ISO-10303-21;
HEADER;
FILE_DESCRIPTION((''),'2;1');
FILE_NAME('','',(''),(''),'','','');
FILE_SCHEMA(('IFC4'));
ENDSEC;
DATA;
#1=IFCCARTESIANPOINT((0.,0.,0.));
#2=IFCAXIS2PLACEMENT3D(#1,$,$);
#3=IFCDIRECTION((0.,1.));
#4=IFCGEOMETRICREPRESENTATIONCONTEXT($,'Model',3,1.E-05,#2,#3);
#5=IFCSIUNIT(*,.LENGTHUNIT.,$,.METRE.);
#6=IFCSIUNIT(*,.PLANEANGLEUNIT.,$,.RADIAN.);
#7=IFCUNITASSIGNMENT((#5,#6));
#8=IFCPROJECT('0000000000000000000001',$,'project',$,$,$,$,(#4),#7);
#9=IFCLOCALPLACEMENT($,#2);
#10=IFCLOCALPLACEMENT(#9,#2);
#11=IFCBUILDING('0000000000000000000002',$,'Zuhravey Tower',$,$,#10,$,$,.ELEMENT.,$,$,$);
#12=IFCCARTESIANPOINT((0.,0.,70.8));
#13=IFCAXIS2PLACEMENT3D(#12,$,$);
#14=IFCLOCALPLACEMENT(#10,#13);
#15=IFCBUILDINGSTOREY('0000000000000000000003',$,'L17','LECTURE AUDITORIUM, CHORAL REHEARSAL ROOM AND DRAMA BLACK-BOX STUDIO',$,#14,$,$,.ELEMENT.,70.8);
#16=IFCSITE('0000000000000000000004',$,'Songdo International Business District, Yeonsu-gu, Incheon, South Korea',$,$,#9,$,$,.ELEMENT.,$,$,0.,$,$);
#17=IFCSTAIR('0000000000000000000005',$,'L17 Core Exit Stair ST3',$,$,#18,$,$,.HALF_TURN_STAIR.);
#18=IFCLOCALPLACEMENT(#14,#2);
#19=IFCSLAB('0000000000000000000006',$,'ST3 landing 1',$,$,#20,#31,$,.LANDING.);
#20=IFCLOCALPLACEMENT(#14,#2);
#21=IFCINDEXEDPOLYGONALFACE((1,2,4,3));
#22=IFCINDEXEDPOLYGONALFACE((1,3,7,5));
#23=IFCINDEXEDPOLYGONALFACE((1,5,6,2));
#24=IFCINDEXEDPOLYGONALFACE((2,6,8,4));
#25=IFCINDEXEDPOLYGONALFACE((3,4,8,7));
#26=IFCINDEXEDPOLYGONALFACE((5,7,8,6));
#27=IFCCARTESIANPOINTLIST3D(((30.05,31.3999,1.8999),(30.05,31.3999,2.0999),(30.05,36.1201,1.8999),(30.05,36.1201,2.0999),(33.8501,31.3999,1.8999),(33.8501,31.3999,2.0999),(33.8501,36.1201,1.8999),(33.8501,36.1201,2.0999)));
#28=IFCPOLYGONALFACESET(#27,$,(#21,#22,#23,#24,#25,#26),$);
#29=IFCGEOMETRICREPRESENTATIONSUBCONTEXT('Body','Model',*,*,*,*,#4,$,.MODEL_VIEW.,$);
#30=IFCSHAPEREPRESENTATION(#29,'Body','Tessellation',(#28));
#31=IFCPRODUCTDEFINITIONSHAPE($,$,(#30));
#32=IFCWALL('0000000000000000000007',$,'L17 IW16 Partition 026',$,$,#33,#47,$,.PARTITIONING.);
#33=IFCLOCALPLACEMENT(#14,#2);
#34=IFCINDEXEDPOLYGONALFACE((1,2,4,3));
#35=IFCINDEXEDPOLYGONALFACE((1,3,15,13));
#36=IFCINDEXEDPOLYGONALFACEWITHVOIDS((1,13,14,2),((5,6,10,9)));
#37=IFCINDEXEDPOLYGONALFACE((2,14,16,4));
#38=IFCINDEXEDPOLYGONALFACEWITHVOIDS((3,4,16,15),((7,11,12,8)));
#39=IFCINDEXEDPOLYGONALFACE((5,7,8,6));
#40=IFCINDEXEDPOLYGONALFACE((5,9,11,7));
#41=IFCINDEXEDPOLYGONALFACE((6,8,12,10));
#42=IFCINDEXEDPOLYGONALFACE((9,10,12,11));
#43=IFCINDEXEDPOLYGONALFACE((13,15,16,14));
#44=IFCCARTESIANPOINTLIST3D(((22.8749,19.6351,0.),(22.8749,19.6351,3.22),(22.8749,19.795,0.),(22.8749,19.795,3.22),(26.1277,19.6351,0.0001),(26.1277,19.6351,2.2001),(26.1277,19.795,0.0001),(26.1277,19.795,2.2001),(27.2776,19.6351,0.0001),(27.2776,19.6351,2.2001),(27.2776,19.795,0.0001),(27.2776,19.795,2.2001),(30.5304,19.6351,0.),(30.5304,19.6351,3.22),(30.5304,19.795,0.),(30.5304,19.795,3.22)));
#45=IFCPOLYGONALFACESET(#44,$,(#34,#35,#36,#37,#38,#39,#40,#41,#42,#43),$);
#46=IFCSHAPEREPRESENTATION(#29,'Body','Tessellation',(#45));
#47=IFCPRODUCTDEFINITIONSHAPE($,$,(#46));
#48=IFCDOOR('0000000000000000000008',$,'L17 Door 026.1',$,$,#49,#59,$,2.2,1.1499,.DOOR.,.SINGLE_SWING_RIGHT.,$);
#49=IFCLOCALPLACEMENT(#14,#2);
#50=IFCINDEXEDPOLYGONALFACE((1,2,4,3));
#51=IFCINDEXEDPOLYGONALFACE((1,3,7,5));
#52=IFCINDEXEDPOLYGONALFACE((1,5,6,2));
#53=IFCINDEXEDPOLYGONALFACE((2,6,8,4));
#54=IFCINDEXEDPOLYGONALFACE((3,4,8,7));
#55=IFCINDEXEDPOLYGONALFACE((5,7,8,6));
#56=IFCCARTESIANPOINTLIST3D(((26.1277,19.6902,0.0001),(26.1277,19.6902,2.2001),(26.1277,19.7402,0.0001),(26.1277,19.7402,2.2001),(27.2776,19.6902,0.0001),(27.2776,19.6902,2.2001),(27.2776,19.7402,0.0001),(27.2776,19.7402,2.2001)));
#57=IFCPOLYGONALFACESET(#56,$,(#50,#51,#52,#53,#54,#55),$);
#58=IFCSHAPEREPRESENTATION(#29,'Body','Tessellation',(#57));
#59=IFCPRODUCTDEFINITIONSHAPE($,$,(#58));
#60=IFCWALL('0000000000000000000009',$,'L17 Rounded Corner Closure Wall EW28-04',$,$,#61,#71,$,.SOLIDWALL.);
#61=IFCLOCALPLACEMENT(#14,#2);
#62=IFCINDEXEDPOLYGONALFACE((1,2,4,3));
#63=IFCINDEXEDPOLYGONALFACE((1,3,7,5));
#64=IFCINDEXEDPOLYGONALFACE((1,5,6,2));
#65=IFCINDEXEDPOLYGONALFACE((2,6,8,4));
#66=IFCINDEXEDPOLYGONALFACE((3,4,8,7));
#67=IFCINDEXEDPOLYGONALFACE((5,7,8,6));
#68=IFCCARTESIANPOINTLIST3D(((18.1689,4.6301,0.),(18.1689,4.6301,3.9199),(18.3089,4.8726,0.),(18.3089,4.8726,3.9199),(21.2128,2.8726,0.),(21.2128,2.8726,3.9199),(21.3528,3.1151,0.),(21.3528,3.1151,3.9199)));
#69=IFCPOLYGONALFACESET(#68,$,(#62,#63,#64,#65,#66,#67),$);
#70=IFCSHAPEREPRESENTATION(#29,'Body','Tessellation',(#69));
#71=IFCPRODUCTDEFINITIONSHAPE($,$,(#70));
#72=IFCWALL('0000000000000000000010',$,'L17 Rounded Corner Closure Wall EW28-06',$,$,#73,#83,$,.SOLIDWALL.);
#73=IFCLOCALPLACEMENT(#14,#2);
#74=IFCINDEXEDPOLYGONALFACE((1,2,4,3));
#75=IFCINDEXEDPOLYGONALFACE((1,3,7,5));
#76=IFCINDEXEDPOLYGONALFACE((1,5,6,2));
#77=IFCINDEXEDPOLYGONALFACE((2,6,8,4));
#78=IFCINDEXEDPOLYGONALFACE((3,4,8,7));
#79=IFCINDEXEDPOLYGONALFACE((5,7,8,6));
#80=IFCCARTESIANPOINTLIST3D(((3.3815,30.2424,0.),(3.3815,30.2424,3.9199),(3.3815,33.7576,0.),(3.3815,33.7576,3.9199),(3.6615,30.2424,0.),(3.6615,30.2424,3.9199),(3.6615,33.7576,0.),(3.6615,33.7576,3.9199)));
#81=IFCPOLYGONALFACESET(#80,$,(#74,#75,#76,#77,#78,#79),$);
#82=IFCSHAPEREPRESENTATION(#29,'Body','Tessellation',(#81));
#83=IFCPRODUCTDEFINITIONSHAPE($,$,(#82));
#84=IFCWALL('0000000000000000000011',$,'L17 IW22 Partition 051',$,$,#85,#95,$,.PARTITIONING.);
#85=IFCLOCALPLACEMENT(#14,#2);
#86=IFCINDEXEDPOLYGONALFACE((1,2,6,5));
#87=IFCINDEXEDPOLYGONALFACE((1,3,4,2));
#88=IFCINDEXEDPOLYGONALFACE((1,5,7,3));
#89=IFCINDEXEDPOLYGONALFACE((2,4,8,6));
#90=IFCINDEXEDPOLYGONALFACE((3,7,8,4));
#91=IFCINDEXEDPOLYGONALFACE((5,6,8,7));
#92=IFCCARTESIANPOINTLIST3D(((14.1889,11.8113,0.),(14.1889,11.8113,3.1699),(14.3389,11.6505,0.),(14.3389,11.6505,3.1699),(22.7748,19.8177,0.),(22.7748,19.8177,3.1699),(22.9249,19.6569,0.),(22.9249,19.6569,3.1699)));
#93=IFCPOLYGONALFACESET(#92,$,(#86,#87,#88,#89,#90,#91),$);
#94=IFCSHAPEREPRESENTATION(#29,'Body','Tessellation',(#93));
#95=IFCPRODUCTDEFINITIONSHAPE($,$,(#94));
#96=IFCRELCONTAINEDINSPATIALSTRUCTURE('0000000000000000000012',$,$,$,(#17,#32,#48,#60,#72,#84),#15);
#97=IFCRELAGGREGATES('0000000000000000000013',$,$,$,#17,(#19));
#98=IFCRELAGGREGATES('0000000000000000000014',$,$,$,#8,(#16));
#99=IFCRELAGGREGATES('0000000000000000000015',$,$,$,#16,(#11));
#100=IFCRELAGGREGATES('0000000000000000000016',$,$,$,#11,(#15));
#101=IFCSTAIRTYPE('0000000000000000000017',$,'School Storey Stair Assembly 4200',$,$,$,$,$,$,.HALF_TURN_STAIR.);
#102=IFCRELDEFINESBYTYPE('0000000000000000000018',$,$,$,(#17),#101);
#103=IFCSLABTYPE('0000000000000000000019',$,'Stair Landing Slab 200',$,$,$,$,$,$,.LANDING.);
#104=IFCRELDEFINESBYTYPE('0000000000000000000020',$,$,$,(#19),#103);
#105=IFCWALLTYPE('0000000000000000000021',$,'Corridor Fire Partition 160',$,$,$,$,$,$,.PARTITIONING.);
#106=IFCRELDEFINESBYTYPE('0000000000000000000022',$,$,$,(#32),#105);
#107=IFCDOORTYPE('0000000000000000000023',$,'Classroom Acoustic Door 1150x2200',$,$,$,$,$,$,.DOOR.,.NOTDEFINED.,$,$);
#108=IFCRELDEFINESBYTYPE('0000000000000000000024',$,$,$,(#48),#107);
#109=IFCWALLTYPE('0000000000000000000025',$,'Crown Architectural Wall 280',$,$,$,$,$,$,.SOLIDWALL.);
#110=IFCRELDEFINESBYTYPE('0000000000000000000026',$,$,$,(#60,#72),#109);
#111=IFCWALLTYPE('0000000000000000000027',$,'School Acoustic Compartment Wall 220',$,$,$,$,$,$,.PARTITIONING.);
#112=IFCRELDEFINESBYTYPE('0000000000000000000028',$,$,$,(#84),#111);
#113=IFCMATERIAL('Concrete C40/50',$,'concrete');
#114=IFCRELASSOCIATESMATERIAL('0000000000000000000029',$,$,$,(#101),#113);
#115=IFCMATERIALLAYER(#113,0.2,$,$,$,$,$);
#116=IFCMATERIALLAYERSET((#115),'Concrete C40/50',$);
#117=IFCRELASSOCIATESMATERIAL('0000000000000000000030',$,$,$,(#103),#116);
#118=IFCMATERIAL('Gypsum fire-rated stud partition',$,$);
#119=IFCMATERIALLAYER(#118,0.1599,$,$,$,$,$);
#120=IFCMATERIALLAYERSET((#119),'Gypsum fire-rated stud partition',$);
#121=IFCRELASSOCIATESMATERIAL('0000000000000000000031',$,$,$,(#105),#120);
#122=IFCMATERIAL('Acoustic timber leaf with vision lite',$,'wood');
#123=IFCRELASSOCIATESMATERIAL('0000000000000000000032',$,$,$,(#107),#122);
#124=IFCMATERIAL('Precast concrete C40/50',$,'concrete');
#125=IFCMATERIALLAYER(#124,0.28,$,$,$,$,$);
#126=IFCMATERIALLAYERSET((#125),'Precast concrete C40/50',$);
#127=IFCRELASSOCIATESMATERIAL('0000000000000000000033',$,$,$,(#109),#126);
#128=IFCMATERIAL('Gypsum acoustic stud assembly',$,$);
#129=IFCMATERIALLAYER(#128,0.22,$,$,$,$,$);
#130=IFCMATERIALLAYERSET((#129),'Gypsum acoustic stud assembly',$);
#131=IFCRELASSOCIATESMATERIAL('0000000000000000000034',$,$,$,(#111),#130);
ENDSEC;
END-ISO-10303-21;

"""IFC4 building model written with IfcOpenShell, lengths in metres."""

from ifc_helpers import new_model, si_unit, direction, frame, frame_2d, origin, place, context, subcontext, project, spatial, polyline, rectangle, outline, extrude, material, layer, layer_set, type_object, element, fill, aggregate, save


model = new_model("IFC4")

# Units and contexts
model_context = context("Model", 3, precision=1e-05, world=origin(), true_north=direction((0.0, 1.0)))
body_context = subcontext(model_context, "Body", "Model", "MODEL_VIEW")
ifc_project = project(units=[si_unit("LENGTHUNIT", "METRE"), si_unit("PLANEANGLEUNIT", "RADIAN")], contexts=[model_context])

# Site, building, storey
site_placement = place(None, origin())
site = spatial("IfcSite", under=ifc_project, at=site_placement, Name="Songdo International Business District, Yeonsu-gu, Incheon, South Korea", CompositionType="ELEMENT", RefElevation=0.0)
building_placement = place(site_placement, origin())
building = spatial("IfcBuilding", under=site, at=building_placement, Name="Zuhravey Tower", CompositionType="ELEMENT")
storey_placement = place(building_placement, frame((0.0, 0.0, 70.8)))
storey = spatial("IfcBuildingStorey", under=building, at=storey_placement, Name="L17", Description="LECTURE AUDITORIUM, CHORAL REHEARSAL ROOM AND DRAMA BLACK-BOX STUDIO", CompositionType="ELEMENT", Elevation=70.8)

# Stair, slab
ifc_material_1 = material(Name="Concrete C40/50", Category="concrete")
stair_type = type_object("IfcStairType", Name="School Storey Stair Assembly 4200", PredefinedType="HALF_TURN_STAIR", material=ifc_material_1)
ifc_layer_1 = layer(ifc_material_1, 0.2)
ifc_layer_set_1 = layer_set([ifc_layer_1], Name="Concrete C40/50")
slab_type_1 = type_object("IfcSlabType", Name="Stair Landing Slab 200", PredefinedType="LANDING", material=ifc_layer_set_1)
stair_1_placement = place(storey_placement, origin())
stair_1 = element("IfcStair", 1, at=stair_1_placement, inside=storey, type_object=stair_type, Name="L17 Core Exit Stair ST3", PredefinedType="HALF_TURN_STAIR")
slab_1_placement = place(storey_placement, frame((0.0, 0.0, 1.8999)))
slab_1 = element("IfcSlab", 2, at=slab_1_placement, type_object=slab_type_1, Name="ST3 landing 1", PredefinedType="LANDING", context=body_context, shape_type="SweptSolid", body=[
    extrude(outline(polyline([(30.05, 36.1201), (30.05, 31.3999), (33.8501, 31.3999), (33.8501, 36.1201), (30.05, 36.1201)])), origin(), (0.0, 0.0, 1.0), 0.2),
])
aggregate(stair_1, [slab_1])

# Wall, opening, door
ifc_material_2 = material(Name="Gypsum fire-rated stud partition")
ifc_layer_2 = layer(ifc_material_2, 0.1599)
ifc_layer_set_2 = layer_set([ifc_layer_2], Name="Gypsum fire-rated stud partition")
wall_type_1 = type_object("IfcWallType", Name="Corridor Fire Partition 160", PredefinedType="PARTITIONING", material=ifc_layer_set_2)
wall_1_placement = place(storey_placement, frame((22.875, 19.7151, 0.0), z_axis=(0.0, 0.0, 1.0), x_axis=(1.0, 0.0, 0.0)))
wall_1 = element("IfcWall", 3, at=wall_1_placement, inside=storey, type_object=wall_type_1, Name="L17 IW16 Partition 026", PredefinedType="PARTITIONING", context=body_context, shape_type="SweptSolid", body=[
    extrude(rectangle(XDim=7.6555, YDim=0.1599, at=frame_2d((3.8276, 0.0))), origin(), (0.0, 0.0, 1.0), 3.22),
])
opening_placement = place(wall_1_placement, frame((3.2527, 0.0, 0.0)))
opening = element("IfcOpeningElement", 4, at=opening_placement, cuts=wall_1, PredefinedType="OPENING", context=body_context, shape_type="SweptSolid", body=[
    extrude(rectangle(XDim=1.1499, YDim=2.2, at=frame_2d((0.575, 1.1001))), frame((0.0, 0.092, 0.0), z_axis=(0.0, -1.0, 0.0), x_axis=(1.0, 0.0, 0.0)), (0.0, 0.0, 1.0), 0.1838),
])
ifc_material_3 = material(Name="Acoustic timber leaf with vision lite", Category="wood")
door_type = type_object("IfcDoorType", Name="Classroom Acoustic Door 1150x2200", OperationType="NOTDEFINED", PredefinedType="DOOR", material=ifc_material_3)
door_placement = place(opening_placement, frame((1.1499, 0.0, 0.0), z_axis=(0.0, 0.0, 1.0), x_axis=(-1.0, 0.0, 0.0)))
door = element("IfcDoor", 5, at=door_placement, inside=storey, type_object=door_type, Name="L17 Door 026.1", OperationType="SINGLE_SWING_RIGHT", OverallHeight=2.2, OverallWidth=1.1499, PredefinedType="DOOR", context=body_context, shape_type="SweptSolid", body=[
    extrude(rectangle(XDim=1.1499, YDim=2.2, at=frame_2d((0.575, 1.1001))), frame((0.0, 0.0249, 0.0), z_axis=(0.0, -1.0, 0.0), x_axis=(1.0, 0.0, 0.0)), (0.0, 0.0, 1.0), 0.05),
])
fill(opening, door)

# Walls
ifc_material_4 = material(Name="Precast concrete C40/50", Category="concrete")
ifc_layer_3 = layer(ifc_material_4, 0.28)
ifc_layer_set_3 = layer_set([ifc_layer_3], Name="Precast concrete C40/50")
wall_type_2 = type_object("IfcWallType", Name="Crown Architectural Wall 280", PredefinedType="SOLIDWALL", material=ifc_layer_set_3)
wall_2_placement = place(storey_placement, frame((21.2827, 2.9939, 0.0), z_axis=(0.0, 0.0, 1.0), x_axis=(-0.866007, 0.500031, 0.0)))
element("IfcWall", 6, at=wall_2_placement, inside=storey, type_object=wall_type_2, Name="L17 Rounded Corner Closure Wall EW28-04", PredefinedType="SOLIDWALL", context=body_context, shape_type="SweptSolid", body=[
    extrude(rectangle(XDim=3.5149, YDim=0.28, at=frame_2d((1.7573, 0.0))), origin(), (0.0, 0.0, 1.0), 3.9199),
])
wall_3_placement = place(storey_placement, frame((3.5215, 30.2424, 0.0), z_axis=(0.0, 0.0, 1.0), x_axis=(0.0, 1.0, 0.0)))
element("IfcWall", 7, at=wall_3_placement, inside=storey, type_object=wall_type_2, Name="L17 Rounded Corner Closure Wall EW28-06", PredefinedType="SOLIDWALL", context=body_context, shape_type="SweptSolid", body=[
    extrude(rectangle(XDim=3.5151, YDim=0.28, at=frame_2d((1.7576, 0.0))), origin(), (0.0, 0.0, 1.0), 3.9199),
])
ifc_material_5 = material(Name="Gypsum acoustic stud assembly")
ifc_layer_4 = layer(ifc_material_5, 0.22)
ifc_layer_set_4 = layer_set([ifc_layer_4], Name="Gypsum acoustic stud assembly")
wall_type_3 = type_object("IfcWallType", Name="School Acoustic Compartment Wall 220", PredefinedType="PARTITIONING", material=ifc_layer_set_4)
wall_4_placement = place(storey_placement, frame((22.8499, 19.7373, 0.0), z_axis=(0.0, 0.0, 1.0), x_axis=(-0.731361, -0.681991, 0.0)))
element("IfcWall", 8, at=wall_4_placement, inside=storey, type_object=wall_type_3, Name="L17 IW22 Partition 051", PredefinedType="PARTITIONING", context=body_context, shape_type="SweptSolid", body=[
    extrude(rectangle(XDim=11.7397, YDim=0.22, at=frame_2d((5.8699, 0.0))), origin(), (0.0, 0.0, 1.0), 3.1699),
])

save(model, "model.ifc")
